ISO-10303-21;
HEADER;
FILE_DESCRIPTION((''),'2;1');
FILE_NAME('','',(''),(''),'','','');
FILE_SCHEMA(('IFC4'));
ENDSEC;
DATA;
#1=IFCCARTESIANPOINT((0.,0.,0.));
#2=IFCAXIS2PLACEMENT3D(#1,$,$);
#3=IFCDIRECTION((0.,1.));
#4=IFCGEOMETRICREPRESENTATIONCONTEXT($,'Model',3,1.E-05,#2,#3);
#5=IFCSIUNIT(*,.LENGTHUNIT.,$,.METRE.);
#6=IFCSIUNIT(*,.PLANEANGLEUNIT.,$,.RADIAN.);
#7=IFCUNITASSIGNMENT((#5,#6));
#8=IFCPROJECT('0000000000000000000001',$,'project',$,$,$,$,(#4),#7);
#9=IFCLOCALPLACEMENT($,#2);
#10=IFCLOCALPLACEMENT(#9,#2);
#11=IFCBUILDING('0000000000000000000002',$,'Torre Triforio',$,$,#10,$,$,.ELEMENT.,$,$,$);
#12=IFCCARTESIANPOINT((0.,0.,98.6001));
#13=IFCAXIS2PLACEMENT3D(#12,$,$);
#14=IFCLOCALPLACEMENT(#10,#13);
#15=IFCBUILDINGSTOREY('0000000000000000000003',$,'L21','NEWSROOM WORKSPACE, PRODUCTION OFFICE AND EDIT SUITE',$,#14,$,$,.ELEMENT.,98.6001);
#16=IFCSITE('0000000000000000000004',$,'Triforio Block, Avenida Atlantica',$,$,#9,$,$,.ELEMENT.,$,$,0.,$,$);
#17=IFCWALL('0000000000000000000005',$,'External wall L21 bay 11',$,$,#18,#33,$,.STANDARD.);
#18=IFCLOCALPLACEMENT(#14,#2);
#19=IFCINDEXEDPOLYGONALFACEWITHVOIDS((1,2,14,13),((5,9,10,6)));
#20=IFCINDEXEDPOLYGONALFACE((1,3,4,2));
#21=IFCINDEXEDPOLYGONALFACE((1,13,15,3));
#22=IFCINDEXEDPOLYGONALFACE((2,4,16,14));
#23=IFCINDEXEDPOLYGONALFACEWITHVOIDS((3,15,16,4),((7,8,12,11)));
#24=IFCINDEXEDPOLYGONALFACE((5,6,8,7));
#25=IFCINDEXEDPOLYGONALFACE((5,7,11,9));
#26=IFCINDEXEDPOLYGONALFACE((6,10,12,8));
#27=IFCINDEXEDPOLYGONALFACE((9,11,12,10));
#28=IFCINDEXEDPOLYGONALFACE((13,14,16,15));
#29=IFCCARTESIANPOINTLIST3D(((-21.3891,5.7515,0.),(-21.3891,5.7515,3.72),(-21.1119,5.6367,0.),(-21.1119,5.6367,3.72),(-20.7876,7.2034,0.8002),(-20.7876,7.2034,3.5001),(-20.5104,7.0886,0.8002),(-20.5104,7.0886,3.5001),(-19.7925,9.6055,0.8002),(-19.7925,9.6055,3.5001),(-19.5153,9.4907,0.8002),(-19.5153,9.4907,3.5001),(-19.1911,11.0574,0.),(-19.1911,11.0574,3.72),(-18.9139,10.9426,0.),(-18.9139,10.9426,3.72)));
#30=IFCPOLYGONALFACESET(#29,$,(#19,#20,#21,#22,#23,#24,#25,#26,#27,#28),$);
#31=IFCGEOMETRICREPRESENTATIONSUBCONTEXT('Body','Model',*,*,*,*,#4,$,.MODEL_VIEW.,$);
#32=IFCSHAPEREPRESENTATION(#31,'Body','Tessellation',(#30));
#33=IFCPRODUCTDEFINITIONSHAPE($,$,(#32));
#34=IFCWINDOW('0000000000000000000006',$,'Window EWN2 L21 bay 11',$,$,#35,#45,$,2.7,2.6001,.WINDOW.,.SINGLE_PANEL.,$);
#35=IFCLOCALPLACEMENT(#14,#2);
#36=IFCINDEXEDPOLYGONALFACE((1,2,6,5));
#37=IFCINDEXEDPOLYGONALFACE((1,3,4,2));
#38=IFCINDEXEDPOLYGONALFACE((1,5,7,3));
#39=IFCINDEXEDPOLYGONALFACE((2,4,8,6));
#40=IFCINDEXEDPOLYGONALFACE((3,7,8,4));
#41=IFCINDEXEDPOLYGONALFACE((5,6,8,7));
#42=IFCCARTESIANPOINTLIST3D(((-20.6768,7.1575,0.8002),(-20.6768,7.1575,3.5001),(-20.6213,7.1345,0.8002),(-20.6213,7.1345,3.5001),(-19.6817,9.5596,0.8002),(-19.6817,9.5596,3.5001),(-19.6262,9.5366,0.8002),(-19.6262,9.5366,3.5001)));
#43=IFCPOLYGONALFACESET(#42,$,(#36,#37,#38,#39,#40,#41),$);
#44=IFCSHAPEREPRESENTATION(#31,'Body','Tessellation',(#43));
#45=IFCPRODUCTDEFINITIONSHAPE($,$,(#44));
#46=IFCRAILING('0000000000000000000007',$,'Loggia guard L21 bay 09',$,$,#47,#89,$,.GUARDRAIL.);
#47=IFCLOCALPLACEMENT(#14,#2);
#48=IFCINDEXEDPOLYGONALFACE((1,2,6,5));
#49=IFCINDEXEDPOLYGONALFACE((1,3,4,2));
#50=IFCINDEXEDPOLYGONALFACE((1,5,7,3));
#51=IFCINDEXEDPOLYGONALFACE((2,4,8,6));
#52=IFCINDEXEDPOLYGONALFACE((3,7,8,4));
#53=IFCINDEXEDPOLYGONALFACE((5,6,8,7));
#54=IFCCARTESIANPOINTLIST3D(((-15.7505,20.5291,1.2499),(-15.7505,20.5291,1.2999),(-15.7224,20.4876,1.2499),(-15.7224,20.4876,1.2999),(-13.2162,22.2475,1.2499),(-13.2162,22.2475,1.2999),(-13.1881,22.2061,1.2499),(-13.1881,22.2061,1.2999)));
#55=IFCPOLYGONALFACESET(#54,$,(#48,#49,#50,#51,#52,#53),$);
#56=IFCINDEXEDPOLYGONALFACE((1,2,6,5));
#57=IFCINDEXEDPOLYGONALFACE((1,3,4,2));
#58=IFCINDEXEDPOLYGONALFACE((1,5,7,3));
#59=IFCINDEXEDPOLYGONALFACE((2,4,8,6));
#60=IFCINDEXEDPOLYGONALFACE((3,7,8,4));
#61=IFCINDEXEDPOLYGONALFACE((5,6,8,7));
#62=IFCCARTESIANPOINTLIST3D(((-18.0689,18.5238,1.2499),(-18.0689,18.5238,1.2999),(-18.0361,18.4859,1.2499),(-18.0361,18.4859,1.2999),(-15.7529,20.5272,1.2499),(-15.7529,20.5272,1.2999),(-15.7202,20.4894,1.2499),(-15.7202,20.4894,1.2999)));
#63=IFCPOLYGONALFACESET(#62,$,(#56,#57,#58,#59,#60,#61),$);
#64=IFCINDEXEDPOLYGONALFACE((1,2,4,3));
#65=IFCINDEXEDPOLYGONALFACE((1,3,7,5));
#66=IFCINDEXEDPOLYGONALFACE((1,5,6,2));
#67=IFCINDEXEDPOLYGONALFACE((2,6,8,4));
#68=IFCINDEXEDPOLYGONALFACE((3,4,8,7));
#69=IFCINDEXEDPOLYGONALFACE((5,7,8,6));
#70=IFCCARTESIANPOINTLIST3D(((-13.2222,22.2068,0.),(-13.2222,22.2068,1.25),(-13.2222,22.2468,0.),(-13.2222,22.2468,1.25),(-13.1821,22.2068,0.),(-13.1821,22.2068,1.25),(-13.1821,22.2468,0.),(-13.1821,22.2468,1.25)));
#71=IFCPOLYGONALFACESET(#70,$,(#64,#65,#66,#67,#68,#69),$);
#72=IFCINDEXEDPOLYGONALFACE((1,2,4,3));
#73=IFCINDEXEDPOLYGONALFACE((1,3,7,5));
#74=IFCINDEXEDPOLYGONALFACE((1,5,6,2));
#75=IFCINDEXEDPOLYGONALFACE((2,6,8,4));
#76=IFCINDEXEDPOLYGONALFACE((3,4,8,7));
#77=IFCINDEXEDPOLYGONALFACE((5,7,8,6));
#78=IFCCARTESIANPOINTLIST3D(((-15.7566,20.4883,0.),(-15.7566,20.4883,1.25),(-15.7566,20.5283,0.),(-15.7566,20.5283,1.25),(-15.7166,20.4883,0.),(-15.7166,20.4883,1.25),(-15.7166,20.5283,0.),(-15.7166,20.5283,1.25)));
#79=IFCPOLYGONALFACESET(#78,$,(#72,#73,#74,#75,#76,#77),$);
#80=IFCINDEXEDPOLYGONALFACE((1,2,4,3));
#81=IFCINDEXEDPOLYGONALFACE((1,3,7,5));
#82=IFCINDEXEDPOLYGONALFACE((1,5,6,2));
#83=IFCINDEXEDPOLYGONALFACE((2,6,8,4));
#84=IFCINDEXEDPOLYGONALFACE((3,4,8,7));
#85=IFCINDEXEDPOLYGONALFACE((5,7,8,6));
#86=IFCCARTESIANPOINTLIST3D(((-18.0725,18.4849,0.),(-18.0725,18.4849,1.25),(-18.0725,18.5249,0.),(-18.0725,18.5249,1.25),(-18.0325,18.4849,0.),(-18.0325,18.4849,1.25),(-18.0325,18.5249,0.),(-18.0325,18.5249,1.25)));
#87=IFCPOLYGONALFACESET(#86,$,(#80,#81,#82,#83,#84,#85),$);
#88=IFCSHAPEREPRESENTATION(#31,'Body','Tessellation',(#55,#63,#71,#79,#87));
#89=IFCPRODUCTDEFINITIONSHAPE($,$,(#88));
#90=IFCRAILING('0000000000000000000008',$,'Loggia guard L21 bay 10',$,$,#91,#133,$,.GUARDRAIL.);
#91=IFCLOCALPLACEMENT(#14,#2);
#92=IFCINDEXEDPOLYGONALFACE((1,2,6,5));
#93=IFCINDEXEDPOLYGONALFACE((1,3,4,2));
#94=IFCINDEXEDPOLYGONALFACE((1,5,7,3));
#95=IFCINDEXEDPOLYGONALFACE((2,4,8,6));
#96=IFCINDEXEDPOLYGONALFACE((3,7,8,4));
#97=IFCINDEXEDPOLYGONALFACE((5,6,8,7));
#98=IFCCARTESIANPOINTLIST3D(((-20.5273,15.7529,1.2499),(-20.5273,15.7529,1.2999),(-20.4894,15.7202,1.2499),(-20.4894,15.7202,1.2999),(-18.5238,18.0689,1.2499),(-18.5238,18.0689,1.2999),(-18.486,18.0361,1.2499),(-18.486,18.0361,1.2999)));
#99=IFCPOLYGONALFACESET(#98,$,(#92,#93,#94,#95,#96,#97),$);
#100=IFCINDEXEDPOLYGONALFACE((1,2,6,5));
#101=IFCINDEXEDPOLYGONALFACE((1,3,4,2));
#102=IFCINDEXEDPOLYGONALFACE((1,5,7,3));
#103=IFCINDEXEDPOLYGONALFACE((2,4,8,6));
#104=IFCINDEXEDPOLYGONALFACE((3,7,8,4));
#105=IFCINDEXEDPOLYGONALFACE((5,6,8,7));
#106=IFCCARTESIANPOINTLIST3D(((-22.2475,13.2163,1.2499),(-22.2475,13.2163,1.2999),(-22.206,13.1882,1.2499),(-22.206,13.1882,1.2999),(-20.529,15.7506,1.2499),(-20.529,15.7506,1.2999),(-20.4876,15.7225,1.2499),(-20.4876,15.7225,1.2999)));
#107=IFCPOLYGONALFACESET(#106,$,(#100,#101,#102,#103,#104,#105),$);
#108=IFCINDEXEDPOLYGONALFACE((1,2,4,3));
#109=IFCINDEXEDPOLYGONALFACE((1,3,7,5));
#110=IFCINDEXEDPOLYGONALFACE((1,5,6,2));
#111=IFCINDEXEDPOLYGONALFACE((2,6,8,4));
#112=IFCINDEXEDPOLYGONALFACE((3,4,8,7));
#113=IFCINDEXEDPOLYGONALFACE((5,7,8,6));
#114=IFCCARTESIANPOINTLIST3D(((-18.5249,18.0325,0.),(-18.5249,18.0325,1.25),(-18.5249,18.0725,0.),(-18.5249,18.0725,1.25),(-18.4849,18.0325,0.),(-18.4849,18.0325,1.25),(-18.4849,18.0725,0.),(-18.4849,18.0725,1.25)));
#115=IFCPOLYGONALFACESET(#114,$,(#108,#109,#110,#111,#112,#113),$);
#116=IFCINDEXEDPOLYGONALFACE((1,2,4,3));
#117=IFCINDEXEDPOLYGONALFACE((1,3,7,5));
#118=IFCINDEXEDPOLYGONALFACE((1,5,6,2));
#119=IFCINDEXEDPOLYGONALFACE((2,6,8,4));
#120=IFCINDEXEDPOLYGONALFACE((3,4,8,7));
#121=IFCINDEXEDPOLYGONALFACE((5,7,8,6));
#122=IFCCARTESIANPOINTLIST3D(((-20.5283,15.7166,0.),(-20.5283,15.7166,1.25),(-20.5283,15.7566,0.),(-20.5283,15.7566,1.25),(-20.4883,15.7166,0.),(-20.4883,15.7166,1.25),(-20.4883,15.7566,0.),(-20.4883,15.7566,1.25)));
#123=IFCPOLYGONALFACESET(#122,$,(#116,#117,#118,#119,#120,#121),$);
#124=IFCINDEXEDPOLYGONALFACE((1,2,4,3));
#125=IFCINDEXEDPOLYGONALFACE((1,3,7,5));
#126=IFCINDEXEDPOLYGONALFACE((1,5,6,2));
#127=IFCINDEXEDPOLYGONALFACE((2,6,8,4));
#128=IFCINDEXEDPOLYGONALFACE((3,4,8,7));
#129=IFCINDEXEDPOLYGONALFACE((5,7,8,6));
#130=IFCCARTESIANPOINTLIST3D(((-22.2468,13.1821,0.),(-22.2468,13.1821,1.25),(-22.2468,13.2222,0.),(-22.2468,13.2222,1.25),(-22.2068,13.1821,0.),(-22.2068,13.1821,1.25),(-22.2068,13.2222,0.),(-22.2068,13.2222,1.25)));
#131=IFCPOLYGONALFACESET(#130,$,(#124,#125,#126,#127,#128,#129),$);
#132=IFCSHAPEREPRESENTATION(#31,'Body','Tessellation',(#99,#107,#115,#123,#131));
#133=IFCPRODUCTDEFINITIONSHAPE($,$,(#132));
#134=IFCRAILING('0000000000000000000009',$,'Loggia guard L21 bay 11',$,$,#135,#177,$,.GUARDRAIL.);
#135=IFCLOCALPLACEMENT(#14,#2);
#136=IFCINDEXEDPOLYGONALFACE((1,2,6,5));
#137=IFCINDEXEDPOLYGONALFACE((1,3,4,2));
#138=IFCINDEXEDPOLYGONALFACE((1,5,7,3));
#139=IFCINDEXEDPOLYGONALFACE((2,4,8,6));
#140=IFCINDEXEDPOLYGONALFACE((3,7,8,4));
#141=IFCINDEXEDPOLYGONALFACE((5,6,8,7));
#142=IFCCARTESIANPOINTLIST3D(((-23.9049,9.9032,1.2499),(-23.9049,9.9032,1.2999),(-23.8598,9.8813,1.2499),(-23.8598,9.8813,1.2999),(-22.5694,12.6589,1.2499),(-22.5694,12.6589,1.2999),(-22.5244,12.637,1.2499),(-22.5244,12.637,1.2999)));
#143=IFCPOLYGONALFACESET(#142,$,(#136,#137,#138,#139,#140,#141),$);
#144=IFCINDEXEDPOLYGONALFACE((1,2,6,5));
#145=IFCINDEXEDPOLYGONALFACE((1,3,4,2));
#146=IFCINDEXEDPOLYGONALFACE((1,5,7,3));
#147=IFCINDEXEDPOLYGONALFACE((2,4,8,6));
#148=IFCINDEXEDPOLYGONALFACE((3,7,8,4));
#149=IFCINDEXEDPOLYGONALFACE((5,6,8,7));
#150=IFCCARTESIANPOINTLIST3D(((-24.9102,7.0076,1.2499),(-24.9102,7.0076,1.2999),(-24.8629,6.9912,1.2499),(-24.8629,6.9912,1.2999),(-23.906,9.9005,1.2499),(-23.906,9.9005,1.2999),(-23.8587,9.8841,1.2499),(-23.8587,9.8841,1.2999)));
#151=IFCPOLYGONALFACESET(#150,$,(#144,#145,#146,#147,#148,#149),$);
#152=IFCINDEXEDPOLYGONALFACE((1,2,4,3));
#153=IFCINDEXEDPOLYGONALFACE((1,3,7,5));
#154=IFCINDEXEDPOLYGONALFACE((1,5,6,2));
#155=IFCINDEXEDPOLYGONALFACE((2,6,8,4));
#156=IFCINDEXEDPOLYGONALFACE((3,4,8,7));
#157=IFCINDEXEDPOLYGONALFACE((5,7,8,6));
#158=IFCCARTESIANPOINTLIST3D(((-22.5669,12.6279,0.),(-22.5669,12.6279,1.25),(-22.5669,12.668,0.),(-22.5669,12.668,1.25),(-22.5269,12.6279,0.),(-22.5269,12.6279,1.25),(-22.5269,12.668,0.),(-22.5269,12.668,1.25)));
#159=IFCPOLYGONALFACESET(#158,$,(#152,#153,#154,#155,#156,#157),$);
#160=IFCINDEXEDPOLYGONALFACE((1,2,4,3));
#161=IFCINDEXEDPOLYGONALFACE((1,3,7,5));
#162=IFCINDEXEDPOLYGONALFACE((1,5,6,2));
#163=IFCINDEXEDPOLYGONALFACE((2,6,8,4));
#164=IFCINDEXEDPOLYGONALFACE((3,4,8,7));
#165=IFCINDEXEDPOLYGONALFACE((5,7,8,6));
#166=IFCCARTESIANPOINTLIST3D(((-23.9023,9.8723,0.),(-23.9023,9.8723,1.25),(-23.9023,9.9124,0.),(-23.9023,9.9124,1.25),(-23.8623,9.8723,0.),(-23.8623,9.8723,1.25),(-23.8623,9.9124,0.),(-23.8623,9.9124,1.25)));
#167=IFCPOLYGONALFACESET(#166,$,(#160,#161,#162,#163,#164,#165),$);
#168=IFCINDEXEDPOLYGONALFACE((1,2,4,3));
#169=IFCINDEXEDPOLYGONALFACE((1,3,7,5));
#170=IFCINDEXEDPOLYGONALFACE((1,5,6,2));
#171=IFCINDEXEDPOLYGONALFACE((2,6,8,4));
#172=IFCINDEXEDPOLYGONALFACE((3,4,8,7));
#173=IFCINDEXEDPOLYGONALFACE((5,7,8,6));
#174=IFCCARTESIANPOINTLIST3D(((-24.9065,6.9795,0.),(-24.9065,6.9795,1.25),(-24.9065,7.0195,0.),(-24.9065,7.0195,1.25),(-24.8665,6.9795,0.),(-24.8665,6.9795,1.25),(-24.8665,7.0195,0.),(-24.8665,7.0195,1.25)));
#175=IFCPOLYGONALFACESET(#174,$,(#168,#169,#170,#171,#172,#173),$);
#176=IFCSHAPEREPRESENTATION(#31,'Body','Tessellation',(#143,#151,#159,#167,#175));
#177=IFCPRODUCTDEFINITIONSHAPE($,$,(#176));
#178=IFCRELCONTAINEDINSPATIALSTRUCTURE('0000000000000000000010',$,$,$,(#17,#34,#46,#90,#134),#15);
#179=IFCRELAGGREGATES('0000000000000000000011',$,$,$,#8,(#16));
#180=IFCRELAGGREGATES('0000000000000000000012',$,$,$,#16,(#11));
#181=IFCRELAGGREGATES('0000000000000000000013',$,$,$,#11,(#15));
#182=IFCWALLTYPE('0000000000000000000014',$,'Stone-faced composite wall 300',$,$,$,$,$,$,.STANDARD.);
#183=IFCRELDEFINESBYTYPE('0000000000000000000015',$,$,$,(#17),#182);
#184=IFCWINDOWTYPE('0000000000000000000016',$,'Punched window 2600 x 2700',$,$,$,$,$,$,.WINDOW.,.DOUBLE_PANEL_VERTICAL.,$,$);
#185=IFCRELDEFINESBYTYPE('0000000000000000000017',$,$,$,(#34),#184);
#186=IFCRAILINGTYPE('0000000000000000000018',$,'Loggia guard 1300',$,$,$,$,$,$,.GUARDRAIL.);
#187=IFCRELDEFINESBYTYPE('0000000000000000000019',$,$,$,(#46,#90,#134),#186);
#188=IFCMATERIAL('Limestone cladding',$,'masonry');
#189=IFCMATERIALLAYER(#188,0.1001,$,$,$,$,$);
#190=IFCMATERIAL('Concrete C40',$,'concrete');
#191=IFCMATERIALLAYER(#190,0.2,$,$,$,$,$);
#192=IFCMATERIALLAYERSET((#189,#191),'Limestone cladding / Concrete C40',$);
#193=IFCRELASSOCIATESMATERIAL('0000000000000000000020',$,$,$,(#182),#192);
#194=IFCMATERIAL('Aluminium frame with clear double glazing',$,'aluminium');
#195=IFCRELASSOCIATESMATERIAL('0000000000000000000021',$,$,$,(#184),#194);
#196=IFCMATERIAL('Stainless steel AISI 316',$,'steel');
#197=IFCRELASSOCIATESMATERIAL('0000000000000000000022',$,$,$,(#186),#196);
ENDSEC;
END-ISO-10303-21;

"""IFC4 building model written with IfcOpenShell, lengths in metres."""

from ifc_helpers import new_model, si_unit, direction, frame, frame_2d, origin, origin_2d, place, context, subcontext, project, spatial, rectangle, extrude, material, layer, layer_set, type_object, element, fill, save


model = new_model("IFC4")

# Units and contexts
model_context = context("Model", 3, precision=1e-05, world=origin(), true_north=direction((0.0, 1.0)))
body_context = subcontext(model_context, "Body", "Model", "MODEL_VIEW")
ifc_project = project(units=[si_unit("LENGTHUNIT", "METRE"), si_unit("PLANEANGLEUNIT", "RADIAN")], contexts=[model_context])

# Site, building, storey
site_placement = place(None, origin())
site = spatial("IfcSite", under=ifc_project, at=site_placement, Name="Triforio Block, Avenida Atlantica", CompositionType="ELEMENT", RefElevation=0.0)
building_placement = place(site_placement, origin())
building = spatial("IfcBuilding", under=site, at=building_placement, Name="Torre Triforio", CompositionType="ELEMENT")
storey_placement = place(building_placement, frame((0.0, 0.0, 98.6001)))
storey = spatial("IfcBuildingStorey", under=building, at=storey_placement, Name="L21", Description="NEWSROOM WORKSPACE, PRODUCTION OFFICE AND EDIT SUITE", CompositionType="ELEMENT", Elevation=98.6001)

# Shared definitions
ifc_material_1 = material(Name="Limestone cladding", Category="masonry")
ifc_material_2 = material(Name="Concrete C40", Category="concrete")

# Shared definitions
ifc_layer_1 = layer(ifc_material_1, 0.1001)
ifc_layer_2 = layer(ifc_material_2, 0.2)
ifc_layer_set_1 = layer_set([ifc_layer_1, ifc_layer_2], Name="Limestone cladding / Concrete C40")
wall_type_1 = type_object("IfcWallType", Name="Stone-faced composite wall 300", PredefinedType="STANDARD", material=ifc_layer_set_1)
ifc_material_3 = material(Name="Aluminium frame with clear double glazing", Category="aluminium")
window_type_1 = type_object("IfcWindowType", Name="Punched window 2600 x 2700", PartitioningType="DOUBLE_PANEL_VERTICAL", PredefinedType="WINDOW", material=ifc_material_3)

# Wall, opening, window
wall_1_placement = place(storey_placement, frame((-19.0525, 11.0, 0.0), z_axis=(0.0, 0.0, 1.0), x_axis=(-0.382716, -0.923866, 0.0)))
wall_1 = element("IfcWall", 1, at=wall_1_placement, inside=storey, type_object=wall_type_1, Name="External wall L21 bay 11", PredefinedType="STANDARD", context=body_context, shape_type="SweptSolid", body=[
    extrude(rectangle(XDim=5.7432, YDim=0.3, at=frame_2d((2.8716, 0.0))), origin(), (0.0, 0.0, 1.0), 3.72),
])
opening_1_placement = place(wall_1_placement, frame((1.5715, 0.0, 0.8)))
opening_1 = element("IfcOpeningElement", 2, at=opening_1_placement, cuts=wall_1, PredefinedType="OPENING", context=body_context, shape_type="SweptSolid", body=[
    extrude(rectangle(XDim=2.6001, YDim=2.7, at=frame_2d((1.3, 1.3501))), frame((0.0, 0.1599, 0.0), z_axis=(0.0, -1.0, 0.0), x_axis=(1.0, 0.0, 0.0)), (0.0, 0.0, 1.0), 0.3201),
])
window_1_placement = place(opening_1_placement, origin())
window_1 = element("IfcWindow", 3, at=window_1_placement, inside=storey, type_object=window_type_1, Name="Window EWN2 L21 bay 11", OverallHeight=2.7, OverallWidth=2.6001, PartitioningType="SINGLE_PANEL", PredefinedType="WINDOW", context=body_context, shape_type="SweptSolid", body=[
    extrude(rectangle(XDim=2.6001, YDim=2.7, at=frame_2d((1.3, 1.3501))), frame((0.0, 0.03, 0.0), z_axis=(0.0, -1.0, 0.0), x_axis=(1.0, 0.0, 0.0)), (0.0, 0.0, 1.0), 0.0601),
])
fill(opening_1, window_1)

# Railings
ifc_material_4 = material(Name="Stainless steel AISI 316", Category="steel")
railing_type = type_object("IfcRailingType", Name="Loggia guard 1300", PredefinedType="GUARDRAIL", material=ifc_material_4)
railing_1_placement = place(storey_placement, frame((-13.2021, 22.2268, 0.0)))
element("IfcRailing", 4, at=railing_1_placement, inside=storey, type_object=railing_type, Name="Loggia guard L21 bay 09", PredefinedType="GUARDRAIL", context=body_context, shape_type="SweptSolid", body=[
    extrude(rectangle(XDim=0.05, YDim=0.05, at=origin_2d()), frame((0.0, 0.0, 1.2749), z_axis=(-0.82767, -0.561215, 0.0), x_axis=(0.561215, -0.82767, 0.0)), (0.0, 0.0, 1.0), 3.062),
    extrude(rectangle(XDim=0.05, YDim=0.05, at=origin_2d()), frame((-2.5344, -1.7185, 1.2749), z_axis=(-0.756289, -0.654238, 0.0), x_axis=(0.654238, -0.756289, 0.0)), (0.0, 0.0, 1.0), 3.0623),
    extrude(rectangle(XDim=0.04, YDim=0.04, at=origin_2d()), origin(), (0.0, 0.0, 1.0), 1.25),
    extrude(rectangle(XDim=0.04, YDim=0.04, at=origin_2d()), frame((-2.5344, -1.7185, 0.0)), (0.0, 0.0, 1.0), 1.25),
    extrude(rectangle(XDim=0.04, YDim=0.04, at=origin_2d()), frame((-4.8503, -3.7219, 0.0)), (0.0, 0.0, 1.0), 1.25),
])
railing_2_placement = place(storey_placement, frame((-18.5049, 18.0525, 0.0)))
element("IfcRailing", 5, at=railing_2_placement, inside=storey, type_object=railing_type, Name="Loggia guard L21 bay 10", PredefinedType="GUARDRAIL", context=body_context, shape_type="SweptSolid", body=[
    extrude(rectangle(XDim=0.05, YDim=0.05, at=origin_2d()), frame((0.0, 0.0, 1.2749), z_axis=(-0.654238, -0.756289, 0.0), x_axis=(0.756289, -0.654238, 0.0)), (0.0, 0.0, 1.0), 3.0623),
    extrude(rectangle(XDim=0.05, YDim=0.05, at=origin_2d()), frame((-2.0034, -2.3159, 1.2749), z_axis=(-0.561215, -0.82767, 0.0), x_axis=(0.82767, -0.561215, 0.0)), (0.0, 0.0, 1.0), 3.062),
    extrude(rectangle(XDim=0.04, YDim=0.04, at=origin_2d()), origin(), (0.0, 0.0, 1.0), 1.25),
    extrude(rectangle(XDim=0.04, YDim=0.04, at=origin_2d()), frame((-2.0034, -2.3159, 0.0)), (0.0, 0.0, 1.0), 1.25),
    extrude(rectangle(XDim=0.04, YDim=0.04, at=origin_2d()), frame((-3.7219, -4.8503, 0.0)), (0.0, 0.0, 1.0), 1.25),
])
railing_3_placement = place(storey_placement, frame((-22.5469, 12.6479, 0.0)))
element("IfcRailing", 6, at=railing_3_placement, inside=storey, type_object=railing_type, Name="Loggia guard L21 bay 11", PredefinedType="GUARDRAIL", context=body_context, shape_type="SweptSolid", body=[
    extrude(rectangle(XDim=0.05, YDim=0.05, at=origin_2d()), frame((0.0, 0.0, 1.2749), z_axis=(-0.436113, -0.899892, 0.0), x_axis=(0.899892, -0.436113, 0.0)), (0.0, 0.0, 1.0), 3.0623),
    extrude(rectangle(XDim=0.05, YDim=0.05, at=origin_2d()), frame((-1.3354, -2.7556, 1.2749), z_axis=(-0.327924, -0.944704, 0.0), x_axis=(0.944704, -0.327924, 0.0)), (0.0, 0.0, 1.0), 3.0623),
    extrude(rectangle(XDim=0.04, YDim=0.04, at=origin_2d()), origin(), (0.0, 0.0, 1.0), 1.25),
    extrude(rectangle(XDim=0.04, YDim=0.04, at=origin_2d()), frame((-1.3354, -2.7556, 0.0)), (0.0, 0.0, 1.0), 1.25),
    extrude(rectangle(XDim=0.04, YDim=0.04, at=origin_2d()), frame((-2.3396, -5.6484, 0.0)), (0.0, 0.0, 1.0), 1.25),
])

save(model, "model.ifc")
